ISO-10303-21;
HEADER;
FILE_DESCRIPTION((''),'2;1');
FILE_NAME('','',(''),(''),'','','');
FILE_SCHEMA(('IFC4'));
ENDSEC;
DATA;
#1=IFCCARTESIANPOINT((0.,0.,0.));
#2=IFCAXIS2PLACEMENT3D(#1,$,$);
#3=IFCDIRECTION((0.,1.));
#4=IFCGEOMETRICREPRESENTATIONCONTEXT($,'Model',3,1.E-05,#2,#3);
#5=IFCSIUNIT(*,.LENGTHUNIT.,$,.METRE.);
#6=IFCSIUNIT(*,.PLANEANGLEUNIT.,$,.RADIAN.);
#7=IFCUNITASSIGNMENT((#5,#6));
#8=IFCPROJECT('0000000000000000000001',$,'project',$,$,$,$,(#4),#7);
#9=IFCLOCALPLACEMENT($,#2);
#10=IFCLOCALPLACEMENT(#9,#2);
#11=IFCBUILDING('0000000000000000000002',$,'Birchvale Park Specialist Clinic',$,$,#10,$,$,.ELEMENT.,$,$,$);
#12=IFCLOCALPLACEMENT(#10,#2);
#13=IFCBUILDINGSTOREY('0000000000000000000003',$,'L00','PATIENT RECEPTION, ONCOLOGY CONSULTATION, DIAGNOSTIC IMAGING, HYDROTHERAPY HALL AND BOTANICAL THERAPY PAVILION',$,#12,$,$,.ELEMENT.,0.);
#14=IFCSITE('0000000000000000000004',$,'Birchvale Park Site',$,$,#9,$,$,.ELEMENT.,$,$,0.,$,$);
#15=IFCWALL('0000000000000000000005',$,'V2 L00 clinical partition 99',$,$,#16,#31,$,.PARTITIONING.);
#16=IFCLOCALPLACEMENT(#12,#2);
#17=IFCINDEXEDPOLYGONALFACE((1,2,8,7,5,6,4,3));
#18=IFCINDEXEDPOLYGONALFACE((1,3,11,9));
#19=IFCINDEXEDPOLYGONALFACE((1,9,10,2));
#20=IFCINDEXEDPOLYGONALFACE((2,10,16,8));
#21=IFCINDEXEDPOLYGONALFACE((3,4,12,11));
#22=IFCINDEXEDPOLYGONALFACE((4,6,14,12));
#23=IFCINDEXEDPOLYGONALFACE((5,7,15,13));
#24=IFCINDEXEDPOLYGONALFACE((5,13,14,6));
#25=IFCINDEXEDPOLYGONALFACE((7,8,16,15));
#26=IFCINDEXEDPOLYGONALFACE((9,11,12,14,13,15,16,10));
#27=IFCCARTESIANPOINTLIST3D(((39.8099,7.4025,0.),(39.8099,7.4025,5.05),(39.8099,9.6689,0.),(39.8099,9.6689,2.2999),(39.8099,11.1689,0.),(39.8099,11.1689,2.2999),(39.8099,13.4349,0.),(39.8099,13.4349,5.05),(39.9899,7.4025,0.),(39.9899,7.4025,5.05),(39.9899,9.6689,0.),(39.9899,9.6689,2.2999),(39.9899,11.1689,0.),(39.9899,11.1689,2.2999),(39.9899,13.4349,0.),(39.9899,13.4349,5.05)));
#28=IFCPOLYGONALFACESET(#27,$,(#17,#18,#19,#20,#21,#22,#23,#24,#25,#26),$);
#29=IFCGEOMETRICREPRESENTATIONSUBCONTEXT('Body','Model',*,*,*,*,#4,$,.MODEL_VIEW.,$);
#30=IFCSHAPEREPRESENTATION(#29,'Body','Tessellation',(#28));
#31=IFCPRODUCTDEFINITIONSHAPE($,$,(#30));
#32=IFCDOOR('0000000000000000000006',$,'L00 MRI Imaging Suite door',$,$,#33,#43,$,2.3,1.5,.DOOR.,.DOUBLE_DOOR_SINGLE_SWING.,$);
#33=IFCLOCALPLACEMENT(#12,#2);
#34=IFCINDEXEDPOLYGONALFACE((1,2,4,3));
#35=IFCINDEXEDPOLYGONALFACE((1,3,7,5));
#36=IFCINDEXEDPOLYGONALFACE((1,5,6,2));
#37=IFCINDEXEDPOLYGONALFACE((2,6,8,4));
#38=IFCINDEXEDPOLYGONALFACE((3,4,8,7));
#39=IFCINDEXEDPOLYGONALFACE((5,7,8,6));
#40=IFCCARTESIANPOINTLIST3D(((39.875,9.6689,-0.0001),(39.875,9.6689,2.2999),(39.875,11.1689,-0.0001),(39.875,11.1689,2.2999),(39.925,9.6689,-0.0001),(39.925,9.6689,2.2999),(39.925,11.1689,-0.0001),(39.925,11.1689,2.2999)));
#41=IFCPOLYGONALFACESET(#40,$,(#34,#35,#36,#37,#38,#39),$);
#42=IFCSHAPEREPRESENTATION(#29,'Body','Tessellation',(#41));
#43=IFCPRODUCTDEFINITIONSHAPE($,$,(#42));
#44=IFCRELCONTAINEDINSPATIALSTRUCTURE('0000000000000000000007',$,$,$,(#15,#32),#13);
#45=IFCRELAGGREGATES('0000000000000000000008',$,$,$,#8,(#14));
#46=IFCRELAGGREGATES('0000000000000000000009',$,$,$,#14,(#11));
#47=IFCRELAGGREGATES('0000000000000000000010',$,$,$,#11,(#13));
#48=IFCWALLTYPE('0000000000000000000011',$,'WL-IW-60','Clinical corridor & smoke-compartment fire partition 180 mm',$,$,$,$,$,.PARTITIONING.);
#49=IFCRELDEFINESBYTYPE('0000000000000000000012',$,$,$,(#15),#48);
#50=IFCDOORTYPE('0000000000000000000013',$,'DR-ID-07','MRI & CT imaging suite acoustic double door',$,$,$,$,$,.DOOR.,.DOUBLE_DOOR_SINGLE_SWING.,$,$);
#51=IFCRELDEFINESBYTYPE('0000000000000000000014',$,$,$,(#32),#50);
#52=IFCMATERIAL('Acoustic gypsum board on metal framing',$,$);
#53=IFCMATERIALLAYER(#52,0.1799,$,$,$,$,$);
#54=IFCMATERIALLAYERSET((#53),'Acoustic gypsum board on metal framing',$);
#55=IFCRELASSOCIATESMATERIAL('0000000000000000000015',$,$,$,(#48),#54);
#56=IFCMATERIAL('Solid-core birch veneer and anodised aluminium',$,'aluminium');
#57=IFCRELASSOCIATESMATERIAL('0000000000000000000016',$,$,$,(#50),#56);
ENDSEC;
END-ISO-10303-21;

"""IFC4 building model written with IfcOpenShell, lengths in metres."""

from ifc_helpers import new_model, si_unit, direction, frame, frame_2d, origin, place, context, subcontext, project, spatial, rectangle, extrude, material, layer, layer_set, type_object, element, fill, save


model = new_model("IFC4")

# Units and contexts
model_context = context("Model", 3, precision=1e-05, world=origin(), true_north=direction((0.0, 1.0)))
body_context = subcontext(model_context, "Body", "Model", "MODEL_VIEW")
ifc_project = project(units=[si_unit("LENGTHUNIT", "METRE"), si_unit("PLANEANGLEUNIT", "RADIAN")], contexts=[model_context])

# Site, building, storey
site_placement = place(None, origin())
site = spatial("IfcSite", under=ifc_project, at=site_placement, Name="Birchvale Park Site", CompositionType="ELEMENT", RefElevation=0.0)
building_placement = place(site_placement, origin())
building = spatial("IfcBuilding", under=site, at=building_placement, Name="Birchvale Park Specialist Clinic", CompositionType="ELEMENT")
storey_placement = place(building_placement, origin())
storey = spatial("IfcBuildingStorey", under=building, at=storey_placement, Name="L00", Description="PATIENT RECEPTION, ONCOLOGY CONSULTATION, DIAGNOSTIC IMAGING, HYDROTHERAPY HALL AND BOTANICAL THERAPY PAVILION", CompositionType="ELEMENT", Elevation=0.0)

# Wall, opening, door
ifc_material_1 = material(Name="Acoustic gypsum board on metal framing")
ifc_layer_1 = layer(ifc_material_1, 0.1799)
ifc_layer_set_1 = layer_set([ifc_layer_1], Name="Acoustic gypsum board on metal framing")
wall_type_1 = type_object("IfcWallType", Name="WL-IW-60", Description="Clinical corridor & smoke-compartment fire partition 180 mm", PredefinedType="PARTITIONING", material=ifc_layer_set_1)
ifc_material_2 = material(Name="Solid-core birch veneer and anodised aluminium", Category="aluminium")
wall_1_placement = place(storey_placement, frame((39.8999, 7.4026, 0.0), z_axis=(0.0, 0.0, 1.0), x_axis=(0.0, 1.0, 0.0)))
wall_1 = element("IfcWall", 1, at=wall_1_placement, inside=storey, type_object=wall_type_1, Name="V2 L00 clinical partition 99", PredefinedType="PARTITIONING", context=body_context, shape_type="SweptSolid", body=[
    extrude(rectangle(XDim=6.0325, YDim=0.1799, at=frame_2d((3.0161, 0.0))), origin(), (0.0, 0.0, 1.0), 5.05),
])
opening_1_placement = place(wall_1_placement, frame((2.2664, 0.0, 0.0)))
opening_1 = element("IfcOpeningElement", 2, at=opening_1_placement, cuts=wall_1, PredefinedType="OPENING", context=body_context, shape_type="SweptSolid", body=[
    extrude(rectangle(XDim=1.5, YDim=2.3, at=frame_2d((0.75, 1.1499))), frame((0.0, 0.1001, 0.0), z_axis=(0.0, -1.0, 0.0), x_axis=(1.0, 0.0, 0.0)), (0.0, 0.0, 1.0), 0.2),
])
door_type_1 = type_object("IfcDoorType", Name="DR-ID-07", Description="MRI & CT imaging suite acoustic double door", OperationType="DOUBLE_DOOR_SINGLE_SWING", PredefinedType="DOOR", material=ifc_material_2)
door_1_placement = place(opening_1_placement, origin())
door_1 = element("IfcDoor", 3, at=door_1_placement, inside=storey, type_object=door_type_1, Name="L00 MRI Imaging Suite door", OperationType="DOUBLE_DOOR_SINGLE_SWING", OverallHeight=2.3, OverallWidth=1.5, PredefinedType="DOOR", context=body_context, shape_type="SweptSolid", body=[
    extrude(rectangle(XDim=1.5, YDim=2.3, at=frame_2d((0.75, 1.1499))), frame((0.0, 0.0249, 0.0), z_axis=(0.0, -1.0, 0.0), x_axis=(1.0, 0.0, 0.0)), (0.0, 0.0, 1.0), 0.05),
])
fill(opening_1, door_1)

save(model, "model.ifc")
